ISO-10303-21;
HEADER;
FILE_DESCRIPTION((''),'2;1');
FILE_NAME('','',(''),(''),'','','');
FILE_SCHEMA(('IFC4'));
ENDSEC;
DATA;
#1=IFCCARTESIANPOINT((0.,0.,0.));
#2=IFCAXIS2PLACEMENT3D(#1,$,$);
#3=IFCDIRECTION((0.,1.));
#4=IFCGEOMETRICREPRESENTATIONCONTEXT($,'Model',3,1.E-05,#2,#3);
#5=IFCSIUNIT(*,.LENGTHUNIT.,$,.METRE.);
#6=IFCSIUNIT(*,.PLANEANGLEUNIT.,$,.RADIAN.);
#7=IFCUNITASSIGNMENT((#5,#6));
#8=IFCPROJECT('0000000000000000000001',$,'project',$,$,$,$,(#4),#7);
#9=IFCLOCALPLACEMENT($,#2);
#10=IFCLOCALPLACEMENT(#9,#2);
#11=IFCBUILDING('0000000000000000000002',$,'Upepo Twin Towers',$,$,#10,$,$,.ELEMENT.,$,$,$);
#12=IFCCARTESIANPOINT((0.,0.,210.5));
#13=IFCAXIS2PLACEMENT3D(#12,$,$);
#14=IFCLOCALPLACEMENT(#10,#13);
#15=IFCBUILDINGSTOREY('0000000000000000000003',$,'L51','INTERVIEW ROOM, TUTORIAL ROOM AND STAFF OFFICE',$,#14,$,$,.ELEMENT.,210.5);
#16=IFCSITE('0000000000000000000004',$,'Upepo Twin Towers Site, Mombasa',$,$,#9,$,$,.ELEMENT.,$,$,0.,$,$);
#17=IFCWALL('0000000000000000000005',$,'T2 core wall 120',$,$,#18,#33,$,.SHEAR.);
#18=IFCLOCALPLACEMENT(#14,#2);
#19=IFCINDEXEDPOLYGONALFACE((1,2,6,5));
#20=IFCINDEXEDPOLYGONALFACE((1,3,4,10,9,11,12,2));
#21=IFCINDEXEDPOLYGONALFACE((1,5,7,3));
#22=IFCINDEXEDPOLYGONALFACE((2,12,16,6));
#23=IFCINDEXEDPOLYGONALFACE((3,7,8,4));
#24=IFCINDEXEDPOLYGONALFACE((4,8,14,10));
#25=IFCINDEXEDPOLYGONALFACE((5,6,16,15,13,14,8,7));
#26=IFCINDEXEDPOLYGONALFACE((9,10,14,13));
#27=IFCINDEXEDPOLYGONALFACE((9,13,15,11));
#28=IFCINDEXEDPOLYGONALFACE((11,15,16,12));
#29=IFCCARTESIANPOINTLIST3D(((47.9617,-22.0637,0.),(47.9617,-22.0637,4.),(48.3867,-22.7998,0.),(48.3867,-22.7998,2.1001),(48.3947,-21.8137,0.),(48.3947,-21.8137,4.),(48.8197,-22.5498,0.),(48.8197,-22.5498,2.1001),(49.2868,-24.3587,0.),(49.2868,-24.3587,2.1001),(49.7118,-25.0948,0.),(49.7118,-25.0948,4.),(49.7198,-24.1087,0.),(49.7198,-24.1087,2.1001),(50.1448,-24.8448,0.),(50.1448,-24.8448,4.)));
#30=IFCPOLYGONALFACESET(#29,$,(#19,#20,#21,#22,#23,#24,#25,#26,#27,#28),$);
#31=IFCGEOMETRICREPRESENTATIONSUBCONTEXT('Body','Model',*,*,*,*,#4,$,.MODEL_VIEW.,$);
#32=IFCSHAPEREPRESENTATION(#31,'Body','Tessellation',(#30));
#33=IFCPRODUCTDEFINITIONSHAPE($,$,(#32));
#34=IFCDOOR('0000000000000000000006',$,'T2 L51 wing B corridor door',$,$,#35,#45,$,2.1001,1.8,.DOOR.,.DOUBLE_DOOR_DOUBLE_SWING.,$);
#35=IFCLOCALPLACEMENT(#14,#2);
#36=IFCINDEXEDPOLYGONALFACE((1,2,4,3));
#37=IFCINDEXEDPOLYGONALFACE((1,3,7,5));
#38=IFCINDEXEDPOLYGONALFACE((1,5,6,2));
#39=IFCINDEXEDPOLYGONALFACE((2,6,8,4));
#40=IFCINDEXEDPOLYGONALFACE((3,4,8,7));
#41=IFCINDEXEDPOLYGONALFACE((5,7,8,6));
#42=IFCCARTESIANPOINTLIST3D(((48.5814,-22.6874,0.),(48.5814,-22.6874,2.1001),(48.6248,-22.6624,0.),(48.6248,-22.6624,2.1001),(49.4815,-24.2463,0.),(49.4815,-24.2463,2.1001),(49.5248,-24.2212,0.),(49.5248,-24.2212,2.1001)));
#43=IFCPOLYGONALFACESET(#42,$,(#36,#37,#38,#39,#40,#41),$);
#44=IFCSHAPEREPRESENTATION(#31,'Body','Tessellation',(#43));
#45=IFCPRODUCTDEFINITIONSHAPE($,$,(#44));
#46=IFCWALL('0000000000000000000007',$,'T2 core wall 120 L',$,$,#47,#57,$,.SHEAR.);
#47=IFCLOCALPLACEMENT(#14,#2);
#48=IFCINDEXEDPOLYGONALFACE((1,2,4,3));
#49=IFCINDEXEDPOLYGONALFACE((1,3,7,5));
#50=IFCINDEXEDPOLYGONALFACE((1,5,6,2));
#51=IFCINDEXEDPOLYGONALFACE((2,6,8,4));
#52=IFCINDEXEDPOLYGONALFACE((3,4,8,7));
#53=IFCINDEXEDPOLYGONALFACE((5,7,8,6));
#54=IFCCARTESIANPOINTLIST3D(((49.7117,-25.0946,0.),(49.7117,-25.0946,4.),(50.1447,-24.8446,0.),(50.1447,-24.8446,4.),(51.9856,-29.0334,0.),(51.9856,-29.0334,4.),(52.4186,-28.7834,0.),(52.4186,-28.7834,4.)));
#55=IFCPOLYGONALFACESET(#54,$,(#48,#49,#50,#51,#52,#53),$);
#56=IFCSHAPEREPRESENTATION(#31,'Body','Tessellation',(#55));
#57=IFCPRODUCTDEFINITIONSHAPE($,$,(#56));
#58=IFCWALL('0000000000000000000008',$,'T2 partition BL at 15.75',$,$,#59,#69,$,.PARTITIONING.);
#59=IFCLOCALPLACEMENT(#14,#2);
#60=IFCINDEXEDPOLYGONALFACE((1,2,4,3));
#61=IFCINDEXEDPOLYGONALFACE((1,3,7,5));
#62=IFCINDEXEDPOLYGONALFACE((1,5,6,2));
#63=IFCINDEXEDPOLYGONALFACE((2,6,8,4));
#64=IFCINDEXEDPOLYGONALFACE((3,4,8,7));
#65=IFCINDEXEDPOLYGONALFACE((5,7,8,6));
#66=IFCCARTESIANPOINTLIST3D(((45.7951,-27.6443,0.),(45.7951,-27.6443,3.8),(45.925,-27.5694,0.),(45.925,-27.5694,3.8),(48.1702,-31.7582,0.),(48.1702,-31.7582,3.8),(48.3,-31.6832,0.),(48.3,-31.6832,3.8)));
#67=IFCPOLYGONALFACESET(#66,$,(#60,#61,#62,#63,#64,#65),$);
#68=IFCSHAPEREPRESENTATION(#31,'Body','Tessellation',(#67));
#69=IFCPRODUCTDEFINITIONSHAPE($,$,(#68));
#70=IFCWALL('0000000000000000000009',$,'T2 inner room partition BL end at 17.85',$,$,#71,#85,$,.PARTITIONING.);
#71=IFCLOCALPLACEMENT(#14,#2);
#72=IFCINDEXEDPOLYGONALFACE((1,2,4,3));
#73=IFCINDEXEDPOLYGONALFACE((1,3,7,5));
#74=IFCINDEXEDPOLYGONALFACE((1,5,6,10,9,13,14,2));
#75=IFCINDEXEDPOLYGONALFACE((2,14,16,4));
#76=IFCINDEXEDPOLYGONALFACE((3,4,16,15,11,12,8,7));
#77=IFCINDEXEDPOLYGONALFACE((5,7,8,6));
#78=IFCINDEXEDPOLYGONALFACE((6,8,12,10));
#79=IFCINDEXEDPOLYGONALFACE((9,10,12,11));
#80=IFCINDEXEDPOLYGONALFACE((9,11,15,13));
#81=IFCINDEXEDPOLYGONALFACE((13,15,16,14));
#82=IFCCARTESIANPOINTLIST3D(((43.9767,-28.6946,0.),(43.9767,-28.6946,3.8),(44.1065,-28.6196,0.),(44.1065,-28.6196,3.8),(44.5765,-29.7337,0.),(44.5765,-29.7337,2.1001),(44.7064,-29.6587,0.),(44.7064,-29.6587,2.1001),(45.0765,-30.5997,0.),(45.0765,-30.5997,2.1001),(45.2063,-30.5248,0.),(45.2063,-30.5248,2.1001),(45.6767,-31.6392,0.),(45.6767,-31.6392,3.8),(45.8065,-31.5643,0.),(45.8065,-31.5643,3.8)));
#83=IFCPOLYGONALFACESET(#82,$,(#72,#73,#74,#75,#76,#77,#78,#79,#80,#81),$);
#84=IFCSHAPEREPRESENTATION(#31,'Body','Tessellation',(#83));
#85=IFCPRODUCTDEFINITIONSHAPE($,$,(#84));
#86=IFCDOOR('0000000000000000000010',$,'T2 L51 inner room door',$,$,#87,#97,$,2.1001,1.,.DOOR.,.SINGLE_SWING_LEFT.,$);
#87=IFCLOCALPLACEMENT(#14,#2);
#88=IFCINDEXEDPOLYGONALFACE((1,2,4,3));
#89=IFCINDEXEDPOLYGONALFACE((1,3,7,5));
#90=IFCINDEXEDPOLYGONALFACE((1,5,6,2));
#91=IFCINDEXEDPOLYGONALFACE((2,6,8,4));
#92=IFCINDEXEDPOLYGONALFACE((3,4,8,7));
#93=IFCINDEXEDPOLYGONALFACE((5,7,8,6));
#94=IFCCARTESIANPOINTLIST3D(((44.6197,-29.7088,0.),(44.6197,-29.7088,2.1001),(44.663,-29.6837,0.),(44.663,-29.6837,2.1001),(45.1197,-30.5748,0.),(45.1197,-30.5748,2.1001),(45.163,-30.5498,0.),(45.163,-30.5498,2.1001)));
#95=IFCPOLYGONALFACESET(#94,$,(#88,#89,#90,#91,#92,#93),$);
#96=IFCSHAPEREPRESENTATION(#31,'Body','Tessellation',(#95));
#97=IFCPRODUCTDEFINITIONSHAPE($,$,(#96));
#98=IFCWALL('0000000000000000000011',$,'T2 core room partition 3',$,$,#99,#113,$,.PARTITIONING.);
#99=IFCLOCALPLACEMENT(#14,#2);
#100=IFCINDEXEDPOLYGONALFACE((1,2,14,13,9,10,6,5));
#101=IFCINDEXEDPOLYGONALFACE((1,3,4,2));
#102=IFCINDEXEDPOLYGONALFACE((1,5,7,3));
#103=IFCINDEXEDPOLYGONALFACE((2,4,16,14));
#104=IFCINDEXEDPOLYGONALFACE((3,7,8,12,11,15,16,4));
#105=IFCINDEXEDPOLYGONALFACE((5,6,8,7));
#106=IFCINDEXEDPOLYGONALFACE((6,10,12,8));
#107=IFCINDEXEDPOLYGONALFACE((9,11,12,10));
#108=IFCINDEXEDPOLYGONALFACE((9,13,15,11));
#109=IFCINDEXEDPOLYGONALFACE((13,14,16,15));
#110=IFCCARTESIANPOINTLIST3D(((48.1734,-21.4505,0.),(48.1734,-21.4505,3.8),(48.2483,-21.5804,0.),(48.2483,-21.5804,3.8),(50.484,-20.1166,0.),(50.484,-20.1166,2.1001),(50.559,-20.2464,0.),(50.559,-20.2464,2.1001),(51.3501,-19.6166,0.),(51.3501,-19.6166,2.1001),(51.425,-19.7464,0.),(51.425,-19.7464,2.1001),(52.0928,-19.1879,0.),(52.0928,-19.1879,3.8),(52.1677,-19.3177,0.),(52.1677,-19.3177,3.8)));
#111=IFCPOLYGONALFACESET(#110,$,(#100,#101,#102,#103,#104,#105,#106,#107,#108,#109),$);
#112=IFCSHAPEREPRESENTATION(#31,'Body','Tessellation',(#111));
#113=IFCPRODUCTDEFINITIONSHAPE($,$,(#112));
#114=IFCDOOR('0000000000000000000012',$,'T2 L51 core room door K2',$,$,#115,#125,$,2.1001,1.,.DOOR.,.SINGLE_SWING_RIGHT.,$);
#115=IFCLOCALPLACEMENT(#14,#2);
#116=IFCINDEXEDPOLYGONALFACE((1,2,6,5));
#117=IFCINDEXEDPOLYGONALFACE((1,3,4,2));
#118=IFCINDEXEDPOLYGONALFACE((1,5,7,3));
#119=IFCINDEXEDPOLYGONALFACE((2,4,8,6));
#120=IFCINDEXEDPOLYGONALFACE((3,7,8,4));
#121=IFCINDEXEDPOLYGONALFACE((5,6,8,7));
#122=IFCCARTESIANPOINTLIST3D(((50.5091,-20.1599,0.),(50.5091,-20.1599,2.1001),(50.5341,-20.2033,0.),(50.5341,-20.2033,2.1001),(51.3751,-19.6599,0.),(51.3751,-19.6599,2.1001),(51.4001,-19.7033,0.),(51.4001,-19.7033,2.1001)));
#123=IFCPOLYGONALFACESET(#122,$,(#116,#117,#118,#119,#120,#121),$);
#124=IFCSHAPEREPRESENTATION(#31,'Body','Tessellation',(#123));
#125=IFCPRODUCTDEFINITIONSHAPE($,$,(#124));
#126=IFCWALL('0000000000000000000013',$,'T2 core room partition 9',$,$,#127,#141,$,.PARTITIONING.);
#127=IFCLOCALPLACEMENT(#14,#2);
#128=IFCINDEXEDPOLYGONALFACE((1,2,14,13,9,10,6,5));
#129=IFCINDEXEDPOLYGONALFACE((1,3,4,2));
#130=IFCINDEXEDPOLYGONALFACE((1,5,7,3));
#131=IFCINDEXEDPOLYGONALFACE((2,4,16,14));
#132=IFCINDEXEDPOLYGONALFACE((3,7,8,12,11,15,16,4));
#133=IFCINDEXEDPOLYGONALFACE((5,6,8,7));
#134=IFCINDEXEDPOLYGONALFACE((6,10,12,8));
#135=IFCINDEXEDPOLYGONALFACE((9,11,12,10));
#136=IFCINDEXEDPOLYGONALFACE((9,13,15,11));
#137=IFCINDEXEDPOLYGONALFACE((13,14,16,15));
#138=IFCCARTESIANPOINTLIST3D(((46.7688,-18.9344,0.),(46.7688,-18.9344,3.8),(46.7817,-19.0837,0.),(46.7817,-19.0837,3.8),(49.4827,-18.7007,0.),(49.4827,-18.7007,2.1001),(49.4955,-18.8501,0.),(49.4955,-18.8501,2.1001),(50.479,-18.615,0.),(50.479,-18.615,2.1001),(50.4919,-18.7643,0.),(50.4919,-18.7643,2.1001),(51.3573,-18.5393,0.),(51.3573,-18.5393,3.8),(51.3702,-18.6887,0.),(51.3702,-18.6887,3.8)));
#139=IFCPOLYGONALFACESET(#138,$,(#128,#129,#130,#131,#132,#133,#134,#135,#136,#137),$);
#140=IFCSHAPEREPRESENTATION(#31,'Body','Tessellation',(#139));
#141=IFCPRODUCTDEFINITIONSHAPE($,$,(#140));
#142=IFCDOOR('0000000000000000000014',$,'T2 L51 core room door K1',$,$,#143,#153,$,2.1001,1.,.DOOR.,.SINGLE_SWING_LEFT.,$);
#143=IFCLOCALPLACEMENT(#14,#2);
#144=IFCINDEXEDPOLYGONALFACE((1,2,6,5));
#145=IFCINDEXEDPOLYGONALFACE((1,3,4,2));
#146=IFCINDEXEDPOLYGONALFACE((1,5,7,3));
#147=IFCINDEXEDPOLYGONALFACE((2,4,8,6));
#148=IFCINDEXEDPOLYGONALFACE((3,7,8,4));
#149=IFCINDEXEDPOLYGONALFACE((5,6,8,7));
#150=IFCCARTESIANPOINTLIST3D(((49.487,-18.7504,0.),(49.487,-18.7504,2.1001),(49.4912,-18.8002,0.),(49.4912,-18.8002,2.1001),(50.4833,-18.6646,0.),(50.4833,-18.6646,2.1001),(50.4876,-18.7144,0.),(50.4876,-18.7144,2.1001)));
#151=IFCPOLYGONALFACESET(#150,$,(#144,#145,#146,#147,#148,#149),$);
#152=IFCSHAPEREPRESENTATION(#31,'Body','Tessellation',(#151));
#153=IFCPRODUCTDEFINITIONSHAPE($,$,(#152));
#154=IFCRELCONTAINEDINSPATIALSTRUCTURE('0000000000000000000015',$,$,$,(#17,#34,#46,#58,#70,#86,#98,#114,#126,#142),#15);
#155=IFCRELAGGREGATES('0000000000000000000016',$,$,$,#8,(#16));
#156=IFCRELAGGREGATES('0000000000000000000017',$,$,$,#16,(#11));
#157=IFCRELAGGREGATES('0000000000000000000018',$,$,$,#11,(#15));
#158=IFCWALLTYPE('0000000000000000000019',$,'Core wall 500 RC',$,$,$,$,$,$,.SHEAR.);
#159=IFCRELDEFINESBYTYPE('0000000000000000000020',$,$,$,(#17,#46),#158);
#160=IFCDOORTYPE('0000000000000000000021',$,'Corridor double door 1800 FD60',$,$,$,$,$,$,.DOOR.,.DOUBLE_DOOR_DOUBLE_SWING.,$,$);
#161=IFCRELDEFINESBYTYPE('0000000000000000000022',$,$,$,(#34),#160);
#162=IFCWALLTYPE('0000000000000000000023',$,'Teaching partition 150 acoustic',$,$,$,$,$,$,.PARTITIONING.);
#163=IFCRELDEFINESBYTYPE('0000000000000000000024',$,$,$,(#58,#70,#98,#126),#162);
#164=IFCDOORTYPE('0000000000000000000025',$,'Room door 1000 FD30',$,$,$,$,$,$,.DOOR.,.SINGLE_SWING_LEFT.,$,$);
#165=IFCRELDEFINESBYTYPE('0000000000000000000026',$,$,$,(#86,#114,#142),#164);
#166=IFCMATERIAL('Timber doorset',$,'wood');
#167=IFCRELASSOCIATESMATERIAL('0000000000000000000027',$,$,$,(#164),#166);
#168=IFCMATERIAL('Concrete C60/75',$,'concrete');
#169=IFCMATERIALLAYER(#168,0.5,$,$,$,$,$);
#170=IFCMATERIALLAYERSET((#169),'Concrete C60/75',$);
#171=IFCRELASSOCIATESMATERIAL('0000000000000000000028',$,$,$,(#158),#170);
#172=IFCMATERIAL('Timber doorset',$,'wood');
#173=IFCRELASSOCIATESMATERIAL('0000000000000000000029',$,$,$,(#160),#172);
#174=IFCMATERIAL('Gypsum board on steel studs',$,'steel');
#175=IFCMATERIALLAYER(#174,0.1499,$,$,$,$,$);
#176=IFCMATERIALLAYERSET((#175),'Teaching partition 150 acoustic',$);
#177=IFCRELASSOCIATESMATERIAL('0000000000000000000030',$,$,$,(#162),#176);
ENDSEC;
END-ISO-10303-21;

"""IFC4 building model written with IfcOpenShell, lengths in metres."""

from ifc_helpers import new_model, si_unit, direction, frame, frame_2d, origin, place, context, subcontext, project, spatial, rectangle, extrude, material, layer, layer_set, type_object, element, fill, save


model = new_model("IFC4")

# Units and contexts
model_context = context("Model", 3, precision=1e-05, world=origin(), true_north=direction((0.0, 1.0)))
body_context = subcontext(model_context, "Body", "Model", "MODEL_VIEW")
ifc_project = project(units=[si_unit("LENGTHUNIT", "METRE"), si_unit("PLANEANGLEUNIT", "RADIAN")], contexts=[model_context])

# Site, building, storey
site_placement = place(None, origin())
site = spatial("IfcSite", under=ifc_project, at=site_placement, Name="Upepo Twin Towers Site, Mombasa", CompositionType="ELEMENT", RefElevation=0.0)
building_placement = place(site_placement, origin())
building = spatial("IfcBuilding", under=site, at=building_placement, Name="Upepo Twin Towers", CompositionType="ELEMENT")
storey_placement = place(building_placement, frame((0.0, 0.0, 210.5)))
storey = spatial("IfcBuildingStorey", under=building, at=storey_placement, Name="L51", Description="INTERVIEW ROOM, TUTORIAL ROOM AND STAFF OFFICE", CompositionType="ELEMENT", Elevation=210.5)

# Shared definitions
ifc_material_1 = material(Name="Timber doorset", Category="wood")
door_type_1 = type_object("IfcDoorType", Name="Room door 1000 FD30", OperationType="SINGLE_SWING_LEFT", PredefinedType="DOOR", material=ifc_material_1)

# Shared definitions
ifc_material_2 = material(Name="Concrete C60/75", Category="concrete")
ifc_layer_1 = layer(ifc_material_2, 0.5)
ifc_layer_set_1 = layer_set([ifc_layer_1], Name="Concrete C60/75")
wall_type_1 = type_object("IfcWallType", Name="Core wall 500 RC", PredefinedType="SHEAR", material=ifc_layer_set_1)

# Wall, opening, door
wall_1_placement = place(storey_placement, frame((48.1782, -21.9387, 0.0), z_axis=(0.0, 0.0, 1.0), x_axis=(0.50001, -0.866019, 0.0)))
wall_1 = element("IfcWall", 1, at=wall_1_placement, inside=storey, type_object=wall_type_1, Name="T2 core wall 120", PredefinedType="SHEAR", context=body_context, shape_type="SweptSolid", body=[
    extrude(rectangle(XDim=3.5, YDim=0.5, at=frame_2d((1.75, 0.0))), origin(), (0.0, 0.0, 1.0), 4.0),
])
opening_1_placement = place(wall_1_placement, frame((0.8501, 0.0, 0.0)))
opening_1 = element("IfcOpeningElement", 2, at=opening_1_placement, cuts=wall_1, PredefinedType="OPENING", context=body_context, shape_type="SweptSolid", body=[
    extrude(rectangle(XDim=1.8, YDim=2.1001, at=frame_2d((0.8999, 1.05))), frame((0.0, 0.26, 0.0), z_axis=(0.0, -1.0, 0.0), x_axis=(1.0, 0.0, 0.0)), (0.0, 0.0, 1.0), 0.52),
])
ifc_material_3 = material(Name="Timber doorset", Category="wood")
door_type_2 = type_object("IfcDoorType", Name="Corridor double door 1800 FD60", OperationType="DOUBLE_DOOR_DOUBLE_SWING", PredefinedType="DOOR", material=ifc_material_3)
door_1_placement = place(opening_1_placement, origin())
door_1 = element("IfcDoor", 3, at=door_1_placement, inside=storey, type_object=door_type_2, Name="T2 L51 wing B corridor door", OperationType="DOUBLE_DOOR_DOUBLE_SWING", OverallHeight=2.1001, OverallWidth=1.8, PredefinedType="DOOR", context=body_context, shape_type="SweptSolid", body=[
    extrude(rectangle(XDim=1.8, YDim=2.1001, at=frame_2d((0.8999, 1.05))), frame((0.0, 0.0249, 0.0), z_axis=(0.0, -1.0, 0.0), x_axis=(1.0, 0.0, 0.0)), (0.0, 0.0, 1.0), 0.05),
])
fill(opening_1, door_1)

# Walls
wall_2_placement = place(storey_placement, frame((49.9282, -24.9697, 0.0), z_axis=(0.0, 0.0, 1.0), x_axis=(0.499984, -0.866035, 0.0)))
element("IfcWall", 4, at=wall_2_placement, inside=storey, type_object=wall_type_1, Name="T2 core wall 120 L", PredefinedType="SHEAR", context=body_context, shape_type="SweptSolid", body=[
    extrude(rectangle(XDim=4.5481, YDim=0.5, at=frame_2d((2.2739, 0.0))), origin(), (0.0, 0.0, 1.0), 4.0),
])
ifc_material_4 = material(Name="Gypsum board on steel studs", Category="steel")
ifc_layer_2 = layer(ifc_material_4, 0.1499)
ifc_layer_set_2 = layer_set([ifc_layer_2], Name="Teaching partition 150 acoustic")
wall_type_2 = type_object("IfcWallType", Name="Teaching partition 150 acoustic", PredefinedType="PARTITIONING", material=ifc_layer_set_2)
wall_3_placement = place(storey_placement, frame((45.8601, -27.6069, 0.0), z_axis=(0.0, 0.0, 1.0), x_axis=(0.499986, -0.866033, 0.0)))
element("IfcWall", 5, at=wall_3_placement, inside=storey, type_object=wall_type_2, Name="T2 partition BL at 15.75", PredefinedType="PARTITIONING", context=body_context, shape_type="SweptSolid", body=[
    extrude(rectangle(XDim=4.7502, YDim=0.1499, at=frame_2d((2.375, 0.0))), origin(), (0.0, 0.0, 1.0), 3.8),
])

# Walls, openings, doors
wall_4_placement = place(storey_placement, frame((44.0415, -28.657, 0.0), z_axis=(0.0, 0.0, 1.0), x_axis=(0.499977, -0.866039, 0.0)))
wall_4 = element("IfcWall", 6, at=wall_4_placement, inside=storey, type_object=wall_type_2, Name="T2 inner room partition BL end at 17.85", PredefinedType="PARTITIONING", context=body_context, shape_type="SweptSolid", body=[
    extrude(rectangle(XDim=3.4001, YDim=0.1499, at=frame_2d((1.7002, 0.0))), origin(), (0.0, 0.0, 1.0), 3.8),
])
opening_2_placement = place(wall_4_placement, frame((1.2, 0.0, 0.0)))
opening_2 = element("IfcOpeningElement", 7, at=opening_2_placement, cuts=wall_4, PredefinedType="OPENING", context=body_context, shape_type="SweptSolid", body=[
    extrude(rectangle(XDim=1.0, YDim=2.1001, at=frame_2d((0.5, 1.05))), frame((0.0, 0.085, 0.0), z_axis=(0.0, -1.0, 0.0), x_axis=(1.0, 0.0, 0.0)), (0.0, 0.0, 1.0), 0.1699),
])
door_2_placement = place(opening_2_placement, origin())
door_2 = element("IfcDoor", 8, at=door_2_placement, inside=storey, type_object=door_type_1, Name="T2 L51 inner room door", OperationType="SINGLE_SWING_LEFT", OverallHeight=2.1001, OverallWidth=1.0, PredefinedType="DOOR", context=body_context, shape_type="SweptSolid", body=[
    extrude(rectangle(XDim=1.0, YDim=2.1001, at=frame_2d((0.5, 1.05))), frame((0.0, 0.0249, 0.0), z_axis=(0.0, -1.0, 0.0), x_axis=(1.0, 0.0, 0.0)), (0.0, 0.0, 1.0), 0.05),
])
fill(opening_2, door_2)
wall_5_placement = place(storey_placement, frame((48.2109, -21.5154, 0.0), z_axis=(0.0, 0.0, 1.0), x_axis=(0.866044, 0.499968, 0.0)))
wall_5 = element("IfcWall", 9, at=wall_5_placement, inside=storey, type_object=wall_type_2, Name="T2 core room partition 3", PredefinedType="PARTITIONING", context=body_context, shape_type="SweptSolid", body=[
    extrude(rectangle(XDim=4.5256, YDim=0.1499, at=frame_2d((2.2627, 0.0))), origin(), (0.0, 0.0, 1.0), 3.8),
])
opening_3_placement = place(wall_5_placement, frame((2.668, 0.0, 0.0)))
opening_3 = element("IfcOpeningElement", 10, at=opening_3_placement, cuts=wall_5, PredefinedType="OPENING", context=body_context, shape_type="SweptSolid", body=[
    extrude(rectangle(XDim=1.0, YDim=2.1001, at=frame_2d((0.5, 1.05))), frame((0.0, 0.085, 0.0), z_axis=(0.0, -1.0, 0.0), x_axis=(1.0, 0.0, 0.0)), (0.0, 0.0, 1.0), 0.1699),
])
door_3_placement = place(opening_3_placement, origin())
door_3 = element("IfcDoor", 11, at=door_3_placement, inside=storey, type_object=door_type_1, Name="T2 L51 core room door K2", OperationType="SINGLE_SWING_RIGHT", OverallHeight=2.1001, OverallWidth=1.0, PredefinedType="DOOR", context=body_context, shape_type="SweptSolid", body=[
    extrude(rectangle(XDim=1.0, YDim=2.1001, at=frame_2d((0.5, 1.05))), frame((0.0, 0.0249, 0.0), z_axis=(0.0, -1.0, 0.0), x_axis=(1.0, 0.0, 0.0)), (0.0, 0.0, 1.0), 0.05),
])
fill(opening_3, door_3)
wall_6_placement = place(storey_placement, frame((51.3638, -18.614, 0.0), z_axis=(0.0, 0.0, 1.0), x_axis=(-0.996315, -0.085774, 0.0)))
wall_6 = element("IfcWall", 12, at=wall_6_placement, inside=storey, type_object=wall_type_2, Name="T2 core room partition 9", PredefinedType="PARTITIONING", context=body_context, shape_type="SweptSolid", body=[
    extrude(rectangle(XDim=4.6055, YDim=0.1499, at=frame_2d((2.3027, 0.0))), origin(), (0.0, 0.0, 1.0), 3.8),
])
opening_4_placement = place(wall_6_placement, frame((0.8816, 0.0, 0.0)))
opening_4 = element("IfcOpeningElement", 13, at=opening_4_placement, cuts=wall_6, PredefinedType="OPENING", context=body_context, shape_type="SweptSolid", body=[
    extrude(rectangle(XDim=1.0, YDim=2.1001, at=frame_2d((0.5, 1.05))), frame((0.0, 0.085, 0.0), z_axis=(0.0, -1.0, 0.0), x_axis=(1.0, 0.0, 0.0)), (0.0, 0.0, 1.0), 0.1699),
])
door_4_placement = place(opening_4_placement, origin())
door_4 = element("IfcDoor", 14, at=door_4_placement, inside=storey, type_object=door_type_1, Name="T2 L51 core room door K1", OperationType="SINGLE_SWING_LEFT", OverallHeight=2.1001, OverallWidth=1.0, PredefinedType="DOOR", context=body_context, shape_type="SweptSolid", body=[
    extrude(rectangle(XDim=1.0, YDim=2.1001, at=frame_2d((0.5, 1.05))), frame((0.0, 0.0249, 0.0), z_axis=(0.0, -1.0, 0.0), x_axis=(1.0, 0.0, 0.0)), (0.0, 0.0, 1.0), 0.05),
])
fill(opening_4, door_4)

save(model, "model.ifc")
